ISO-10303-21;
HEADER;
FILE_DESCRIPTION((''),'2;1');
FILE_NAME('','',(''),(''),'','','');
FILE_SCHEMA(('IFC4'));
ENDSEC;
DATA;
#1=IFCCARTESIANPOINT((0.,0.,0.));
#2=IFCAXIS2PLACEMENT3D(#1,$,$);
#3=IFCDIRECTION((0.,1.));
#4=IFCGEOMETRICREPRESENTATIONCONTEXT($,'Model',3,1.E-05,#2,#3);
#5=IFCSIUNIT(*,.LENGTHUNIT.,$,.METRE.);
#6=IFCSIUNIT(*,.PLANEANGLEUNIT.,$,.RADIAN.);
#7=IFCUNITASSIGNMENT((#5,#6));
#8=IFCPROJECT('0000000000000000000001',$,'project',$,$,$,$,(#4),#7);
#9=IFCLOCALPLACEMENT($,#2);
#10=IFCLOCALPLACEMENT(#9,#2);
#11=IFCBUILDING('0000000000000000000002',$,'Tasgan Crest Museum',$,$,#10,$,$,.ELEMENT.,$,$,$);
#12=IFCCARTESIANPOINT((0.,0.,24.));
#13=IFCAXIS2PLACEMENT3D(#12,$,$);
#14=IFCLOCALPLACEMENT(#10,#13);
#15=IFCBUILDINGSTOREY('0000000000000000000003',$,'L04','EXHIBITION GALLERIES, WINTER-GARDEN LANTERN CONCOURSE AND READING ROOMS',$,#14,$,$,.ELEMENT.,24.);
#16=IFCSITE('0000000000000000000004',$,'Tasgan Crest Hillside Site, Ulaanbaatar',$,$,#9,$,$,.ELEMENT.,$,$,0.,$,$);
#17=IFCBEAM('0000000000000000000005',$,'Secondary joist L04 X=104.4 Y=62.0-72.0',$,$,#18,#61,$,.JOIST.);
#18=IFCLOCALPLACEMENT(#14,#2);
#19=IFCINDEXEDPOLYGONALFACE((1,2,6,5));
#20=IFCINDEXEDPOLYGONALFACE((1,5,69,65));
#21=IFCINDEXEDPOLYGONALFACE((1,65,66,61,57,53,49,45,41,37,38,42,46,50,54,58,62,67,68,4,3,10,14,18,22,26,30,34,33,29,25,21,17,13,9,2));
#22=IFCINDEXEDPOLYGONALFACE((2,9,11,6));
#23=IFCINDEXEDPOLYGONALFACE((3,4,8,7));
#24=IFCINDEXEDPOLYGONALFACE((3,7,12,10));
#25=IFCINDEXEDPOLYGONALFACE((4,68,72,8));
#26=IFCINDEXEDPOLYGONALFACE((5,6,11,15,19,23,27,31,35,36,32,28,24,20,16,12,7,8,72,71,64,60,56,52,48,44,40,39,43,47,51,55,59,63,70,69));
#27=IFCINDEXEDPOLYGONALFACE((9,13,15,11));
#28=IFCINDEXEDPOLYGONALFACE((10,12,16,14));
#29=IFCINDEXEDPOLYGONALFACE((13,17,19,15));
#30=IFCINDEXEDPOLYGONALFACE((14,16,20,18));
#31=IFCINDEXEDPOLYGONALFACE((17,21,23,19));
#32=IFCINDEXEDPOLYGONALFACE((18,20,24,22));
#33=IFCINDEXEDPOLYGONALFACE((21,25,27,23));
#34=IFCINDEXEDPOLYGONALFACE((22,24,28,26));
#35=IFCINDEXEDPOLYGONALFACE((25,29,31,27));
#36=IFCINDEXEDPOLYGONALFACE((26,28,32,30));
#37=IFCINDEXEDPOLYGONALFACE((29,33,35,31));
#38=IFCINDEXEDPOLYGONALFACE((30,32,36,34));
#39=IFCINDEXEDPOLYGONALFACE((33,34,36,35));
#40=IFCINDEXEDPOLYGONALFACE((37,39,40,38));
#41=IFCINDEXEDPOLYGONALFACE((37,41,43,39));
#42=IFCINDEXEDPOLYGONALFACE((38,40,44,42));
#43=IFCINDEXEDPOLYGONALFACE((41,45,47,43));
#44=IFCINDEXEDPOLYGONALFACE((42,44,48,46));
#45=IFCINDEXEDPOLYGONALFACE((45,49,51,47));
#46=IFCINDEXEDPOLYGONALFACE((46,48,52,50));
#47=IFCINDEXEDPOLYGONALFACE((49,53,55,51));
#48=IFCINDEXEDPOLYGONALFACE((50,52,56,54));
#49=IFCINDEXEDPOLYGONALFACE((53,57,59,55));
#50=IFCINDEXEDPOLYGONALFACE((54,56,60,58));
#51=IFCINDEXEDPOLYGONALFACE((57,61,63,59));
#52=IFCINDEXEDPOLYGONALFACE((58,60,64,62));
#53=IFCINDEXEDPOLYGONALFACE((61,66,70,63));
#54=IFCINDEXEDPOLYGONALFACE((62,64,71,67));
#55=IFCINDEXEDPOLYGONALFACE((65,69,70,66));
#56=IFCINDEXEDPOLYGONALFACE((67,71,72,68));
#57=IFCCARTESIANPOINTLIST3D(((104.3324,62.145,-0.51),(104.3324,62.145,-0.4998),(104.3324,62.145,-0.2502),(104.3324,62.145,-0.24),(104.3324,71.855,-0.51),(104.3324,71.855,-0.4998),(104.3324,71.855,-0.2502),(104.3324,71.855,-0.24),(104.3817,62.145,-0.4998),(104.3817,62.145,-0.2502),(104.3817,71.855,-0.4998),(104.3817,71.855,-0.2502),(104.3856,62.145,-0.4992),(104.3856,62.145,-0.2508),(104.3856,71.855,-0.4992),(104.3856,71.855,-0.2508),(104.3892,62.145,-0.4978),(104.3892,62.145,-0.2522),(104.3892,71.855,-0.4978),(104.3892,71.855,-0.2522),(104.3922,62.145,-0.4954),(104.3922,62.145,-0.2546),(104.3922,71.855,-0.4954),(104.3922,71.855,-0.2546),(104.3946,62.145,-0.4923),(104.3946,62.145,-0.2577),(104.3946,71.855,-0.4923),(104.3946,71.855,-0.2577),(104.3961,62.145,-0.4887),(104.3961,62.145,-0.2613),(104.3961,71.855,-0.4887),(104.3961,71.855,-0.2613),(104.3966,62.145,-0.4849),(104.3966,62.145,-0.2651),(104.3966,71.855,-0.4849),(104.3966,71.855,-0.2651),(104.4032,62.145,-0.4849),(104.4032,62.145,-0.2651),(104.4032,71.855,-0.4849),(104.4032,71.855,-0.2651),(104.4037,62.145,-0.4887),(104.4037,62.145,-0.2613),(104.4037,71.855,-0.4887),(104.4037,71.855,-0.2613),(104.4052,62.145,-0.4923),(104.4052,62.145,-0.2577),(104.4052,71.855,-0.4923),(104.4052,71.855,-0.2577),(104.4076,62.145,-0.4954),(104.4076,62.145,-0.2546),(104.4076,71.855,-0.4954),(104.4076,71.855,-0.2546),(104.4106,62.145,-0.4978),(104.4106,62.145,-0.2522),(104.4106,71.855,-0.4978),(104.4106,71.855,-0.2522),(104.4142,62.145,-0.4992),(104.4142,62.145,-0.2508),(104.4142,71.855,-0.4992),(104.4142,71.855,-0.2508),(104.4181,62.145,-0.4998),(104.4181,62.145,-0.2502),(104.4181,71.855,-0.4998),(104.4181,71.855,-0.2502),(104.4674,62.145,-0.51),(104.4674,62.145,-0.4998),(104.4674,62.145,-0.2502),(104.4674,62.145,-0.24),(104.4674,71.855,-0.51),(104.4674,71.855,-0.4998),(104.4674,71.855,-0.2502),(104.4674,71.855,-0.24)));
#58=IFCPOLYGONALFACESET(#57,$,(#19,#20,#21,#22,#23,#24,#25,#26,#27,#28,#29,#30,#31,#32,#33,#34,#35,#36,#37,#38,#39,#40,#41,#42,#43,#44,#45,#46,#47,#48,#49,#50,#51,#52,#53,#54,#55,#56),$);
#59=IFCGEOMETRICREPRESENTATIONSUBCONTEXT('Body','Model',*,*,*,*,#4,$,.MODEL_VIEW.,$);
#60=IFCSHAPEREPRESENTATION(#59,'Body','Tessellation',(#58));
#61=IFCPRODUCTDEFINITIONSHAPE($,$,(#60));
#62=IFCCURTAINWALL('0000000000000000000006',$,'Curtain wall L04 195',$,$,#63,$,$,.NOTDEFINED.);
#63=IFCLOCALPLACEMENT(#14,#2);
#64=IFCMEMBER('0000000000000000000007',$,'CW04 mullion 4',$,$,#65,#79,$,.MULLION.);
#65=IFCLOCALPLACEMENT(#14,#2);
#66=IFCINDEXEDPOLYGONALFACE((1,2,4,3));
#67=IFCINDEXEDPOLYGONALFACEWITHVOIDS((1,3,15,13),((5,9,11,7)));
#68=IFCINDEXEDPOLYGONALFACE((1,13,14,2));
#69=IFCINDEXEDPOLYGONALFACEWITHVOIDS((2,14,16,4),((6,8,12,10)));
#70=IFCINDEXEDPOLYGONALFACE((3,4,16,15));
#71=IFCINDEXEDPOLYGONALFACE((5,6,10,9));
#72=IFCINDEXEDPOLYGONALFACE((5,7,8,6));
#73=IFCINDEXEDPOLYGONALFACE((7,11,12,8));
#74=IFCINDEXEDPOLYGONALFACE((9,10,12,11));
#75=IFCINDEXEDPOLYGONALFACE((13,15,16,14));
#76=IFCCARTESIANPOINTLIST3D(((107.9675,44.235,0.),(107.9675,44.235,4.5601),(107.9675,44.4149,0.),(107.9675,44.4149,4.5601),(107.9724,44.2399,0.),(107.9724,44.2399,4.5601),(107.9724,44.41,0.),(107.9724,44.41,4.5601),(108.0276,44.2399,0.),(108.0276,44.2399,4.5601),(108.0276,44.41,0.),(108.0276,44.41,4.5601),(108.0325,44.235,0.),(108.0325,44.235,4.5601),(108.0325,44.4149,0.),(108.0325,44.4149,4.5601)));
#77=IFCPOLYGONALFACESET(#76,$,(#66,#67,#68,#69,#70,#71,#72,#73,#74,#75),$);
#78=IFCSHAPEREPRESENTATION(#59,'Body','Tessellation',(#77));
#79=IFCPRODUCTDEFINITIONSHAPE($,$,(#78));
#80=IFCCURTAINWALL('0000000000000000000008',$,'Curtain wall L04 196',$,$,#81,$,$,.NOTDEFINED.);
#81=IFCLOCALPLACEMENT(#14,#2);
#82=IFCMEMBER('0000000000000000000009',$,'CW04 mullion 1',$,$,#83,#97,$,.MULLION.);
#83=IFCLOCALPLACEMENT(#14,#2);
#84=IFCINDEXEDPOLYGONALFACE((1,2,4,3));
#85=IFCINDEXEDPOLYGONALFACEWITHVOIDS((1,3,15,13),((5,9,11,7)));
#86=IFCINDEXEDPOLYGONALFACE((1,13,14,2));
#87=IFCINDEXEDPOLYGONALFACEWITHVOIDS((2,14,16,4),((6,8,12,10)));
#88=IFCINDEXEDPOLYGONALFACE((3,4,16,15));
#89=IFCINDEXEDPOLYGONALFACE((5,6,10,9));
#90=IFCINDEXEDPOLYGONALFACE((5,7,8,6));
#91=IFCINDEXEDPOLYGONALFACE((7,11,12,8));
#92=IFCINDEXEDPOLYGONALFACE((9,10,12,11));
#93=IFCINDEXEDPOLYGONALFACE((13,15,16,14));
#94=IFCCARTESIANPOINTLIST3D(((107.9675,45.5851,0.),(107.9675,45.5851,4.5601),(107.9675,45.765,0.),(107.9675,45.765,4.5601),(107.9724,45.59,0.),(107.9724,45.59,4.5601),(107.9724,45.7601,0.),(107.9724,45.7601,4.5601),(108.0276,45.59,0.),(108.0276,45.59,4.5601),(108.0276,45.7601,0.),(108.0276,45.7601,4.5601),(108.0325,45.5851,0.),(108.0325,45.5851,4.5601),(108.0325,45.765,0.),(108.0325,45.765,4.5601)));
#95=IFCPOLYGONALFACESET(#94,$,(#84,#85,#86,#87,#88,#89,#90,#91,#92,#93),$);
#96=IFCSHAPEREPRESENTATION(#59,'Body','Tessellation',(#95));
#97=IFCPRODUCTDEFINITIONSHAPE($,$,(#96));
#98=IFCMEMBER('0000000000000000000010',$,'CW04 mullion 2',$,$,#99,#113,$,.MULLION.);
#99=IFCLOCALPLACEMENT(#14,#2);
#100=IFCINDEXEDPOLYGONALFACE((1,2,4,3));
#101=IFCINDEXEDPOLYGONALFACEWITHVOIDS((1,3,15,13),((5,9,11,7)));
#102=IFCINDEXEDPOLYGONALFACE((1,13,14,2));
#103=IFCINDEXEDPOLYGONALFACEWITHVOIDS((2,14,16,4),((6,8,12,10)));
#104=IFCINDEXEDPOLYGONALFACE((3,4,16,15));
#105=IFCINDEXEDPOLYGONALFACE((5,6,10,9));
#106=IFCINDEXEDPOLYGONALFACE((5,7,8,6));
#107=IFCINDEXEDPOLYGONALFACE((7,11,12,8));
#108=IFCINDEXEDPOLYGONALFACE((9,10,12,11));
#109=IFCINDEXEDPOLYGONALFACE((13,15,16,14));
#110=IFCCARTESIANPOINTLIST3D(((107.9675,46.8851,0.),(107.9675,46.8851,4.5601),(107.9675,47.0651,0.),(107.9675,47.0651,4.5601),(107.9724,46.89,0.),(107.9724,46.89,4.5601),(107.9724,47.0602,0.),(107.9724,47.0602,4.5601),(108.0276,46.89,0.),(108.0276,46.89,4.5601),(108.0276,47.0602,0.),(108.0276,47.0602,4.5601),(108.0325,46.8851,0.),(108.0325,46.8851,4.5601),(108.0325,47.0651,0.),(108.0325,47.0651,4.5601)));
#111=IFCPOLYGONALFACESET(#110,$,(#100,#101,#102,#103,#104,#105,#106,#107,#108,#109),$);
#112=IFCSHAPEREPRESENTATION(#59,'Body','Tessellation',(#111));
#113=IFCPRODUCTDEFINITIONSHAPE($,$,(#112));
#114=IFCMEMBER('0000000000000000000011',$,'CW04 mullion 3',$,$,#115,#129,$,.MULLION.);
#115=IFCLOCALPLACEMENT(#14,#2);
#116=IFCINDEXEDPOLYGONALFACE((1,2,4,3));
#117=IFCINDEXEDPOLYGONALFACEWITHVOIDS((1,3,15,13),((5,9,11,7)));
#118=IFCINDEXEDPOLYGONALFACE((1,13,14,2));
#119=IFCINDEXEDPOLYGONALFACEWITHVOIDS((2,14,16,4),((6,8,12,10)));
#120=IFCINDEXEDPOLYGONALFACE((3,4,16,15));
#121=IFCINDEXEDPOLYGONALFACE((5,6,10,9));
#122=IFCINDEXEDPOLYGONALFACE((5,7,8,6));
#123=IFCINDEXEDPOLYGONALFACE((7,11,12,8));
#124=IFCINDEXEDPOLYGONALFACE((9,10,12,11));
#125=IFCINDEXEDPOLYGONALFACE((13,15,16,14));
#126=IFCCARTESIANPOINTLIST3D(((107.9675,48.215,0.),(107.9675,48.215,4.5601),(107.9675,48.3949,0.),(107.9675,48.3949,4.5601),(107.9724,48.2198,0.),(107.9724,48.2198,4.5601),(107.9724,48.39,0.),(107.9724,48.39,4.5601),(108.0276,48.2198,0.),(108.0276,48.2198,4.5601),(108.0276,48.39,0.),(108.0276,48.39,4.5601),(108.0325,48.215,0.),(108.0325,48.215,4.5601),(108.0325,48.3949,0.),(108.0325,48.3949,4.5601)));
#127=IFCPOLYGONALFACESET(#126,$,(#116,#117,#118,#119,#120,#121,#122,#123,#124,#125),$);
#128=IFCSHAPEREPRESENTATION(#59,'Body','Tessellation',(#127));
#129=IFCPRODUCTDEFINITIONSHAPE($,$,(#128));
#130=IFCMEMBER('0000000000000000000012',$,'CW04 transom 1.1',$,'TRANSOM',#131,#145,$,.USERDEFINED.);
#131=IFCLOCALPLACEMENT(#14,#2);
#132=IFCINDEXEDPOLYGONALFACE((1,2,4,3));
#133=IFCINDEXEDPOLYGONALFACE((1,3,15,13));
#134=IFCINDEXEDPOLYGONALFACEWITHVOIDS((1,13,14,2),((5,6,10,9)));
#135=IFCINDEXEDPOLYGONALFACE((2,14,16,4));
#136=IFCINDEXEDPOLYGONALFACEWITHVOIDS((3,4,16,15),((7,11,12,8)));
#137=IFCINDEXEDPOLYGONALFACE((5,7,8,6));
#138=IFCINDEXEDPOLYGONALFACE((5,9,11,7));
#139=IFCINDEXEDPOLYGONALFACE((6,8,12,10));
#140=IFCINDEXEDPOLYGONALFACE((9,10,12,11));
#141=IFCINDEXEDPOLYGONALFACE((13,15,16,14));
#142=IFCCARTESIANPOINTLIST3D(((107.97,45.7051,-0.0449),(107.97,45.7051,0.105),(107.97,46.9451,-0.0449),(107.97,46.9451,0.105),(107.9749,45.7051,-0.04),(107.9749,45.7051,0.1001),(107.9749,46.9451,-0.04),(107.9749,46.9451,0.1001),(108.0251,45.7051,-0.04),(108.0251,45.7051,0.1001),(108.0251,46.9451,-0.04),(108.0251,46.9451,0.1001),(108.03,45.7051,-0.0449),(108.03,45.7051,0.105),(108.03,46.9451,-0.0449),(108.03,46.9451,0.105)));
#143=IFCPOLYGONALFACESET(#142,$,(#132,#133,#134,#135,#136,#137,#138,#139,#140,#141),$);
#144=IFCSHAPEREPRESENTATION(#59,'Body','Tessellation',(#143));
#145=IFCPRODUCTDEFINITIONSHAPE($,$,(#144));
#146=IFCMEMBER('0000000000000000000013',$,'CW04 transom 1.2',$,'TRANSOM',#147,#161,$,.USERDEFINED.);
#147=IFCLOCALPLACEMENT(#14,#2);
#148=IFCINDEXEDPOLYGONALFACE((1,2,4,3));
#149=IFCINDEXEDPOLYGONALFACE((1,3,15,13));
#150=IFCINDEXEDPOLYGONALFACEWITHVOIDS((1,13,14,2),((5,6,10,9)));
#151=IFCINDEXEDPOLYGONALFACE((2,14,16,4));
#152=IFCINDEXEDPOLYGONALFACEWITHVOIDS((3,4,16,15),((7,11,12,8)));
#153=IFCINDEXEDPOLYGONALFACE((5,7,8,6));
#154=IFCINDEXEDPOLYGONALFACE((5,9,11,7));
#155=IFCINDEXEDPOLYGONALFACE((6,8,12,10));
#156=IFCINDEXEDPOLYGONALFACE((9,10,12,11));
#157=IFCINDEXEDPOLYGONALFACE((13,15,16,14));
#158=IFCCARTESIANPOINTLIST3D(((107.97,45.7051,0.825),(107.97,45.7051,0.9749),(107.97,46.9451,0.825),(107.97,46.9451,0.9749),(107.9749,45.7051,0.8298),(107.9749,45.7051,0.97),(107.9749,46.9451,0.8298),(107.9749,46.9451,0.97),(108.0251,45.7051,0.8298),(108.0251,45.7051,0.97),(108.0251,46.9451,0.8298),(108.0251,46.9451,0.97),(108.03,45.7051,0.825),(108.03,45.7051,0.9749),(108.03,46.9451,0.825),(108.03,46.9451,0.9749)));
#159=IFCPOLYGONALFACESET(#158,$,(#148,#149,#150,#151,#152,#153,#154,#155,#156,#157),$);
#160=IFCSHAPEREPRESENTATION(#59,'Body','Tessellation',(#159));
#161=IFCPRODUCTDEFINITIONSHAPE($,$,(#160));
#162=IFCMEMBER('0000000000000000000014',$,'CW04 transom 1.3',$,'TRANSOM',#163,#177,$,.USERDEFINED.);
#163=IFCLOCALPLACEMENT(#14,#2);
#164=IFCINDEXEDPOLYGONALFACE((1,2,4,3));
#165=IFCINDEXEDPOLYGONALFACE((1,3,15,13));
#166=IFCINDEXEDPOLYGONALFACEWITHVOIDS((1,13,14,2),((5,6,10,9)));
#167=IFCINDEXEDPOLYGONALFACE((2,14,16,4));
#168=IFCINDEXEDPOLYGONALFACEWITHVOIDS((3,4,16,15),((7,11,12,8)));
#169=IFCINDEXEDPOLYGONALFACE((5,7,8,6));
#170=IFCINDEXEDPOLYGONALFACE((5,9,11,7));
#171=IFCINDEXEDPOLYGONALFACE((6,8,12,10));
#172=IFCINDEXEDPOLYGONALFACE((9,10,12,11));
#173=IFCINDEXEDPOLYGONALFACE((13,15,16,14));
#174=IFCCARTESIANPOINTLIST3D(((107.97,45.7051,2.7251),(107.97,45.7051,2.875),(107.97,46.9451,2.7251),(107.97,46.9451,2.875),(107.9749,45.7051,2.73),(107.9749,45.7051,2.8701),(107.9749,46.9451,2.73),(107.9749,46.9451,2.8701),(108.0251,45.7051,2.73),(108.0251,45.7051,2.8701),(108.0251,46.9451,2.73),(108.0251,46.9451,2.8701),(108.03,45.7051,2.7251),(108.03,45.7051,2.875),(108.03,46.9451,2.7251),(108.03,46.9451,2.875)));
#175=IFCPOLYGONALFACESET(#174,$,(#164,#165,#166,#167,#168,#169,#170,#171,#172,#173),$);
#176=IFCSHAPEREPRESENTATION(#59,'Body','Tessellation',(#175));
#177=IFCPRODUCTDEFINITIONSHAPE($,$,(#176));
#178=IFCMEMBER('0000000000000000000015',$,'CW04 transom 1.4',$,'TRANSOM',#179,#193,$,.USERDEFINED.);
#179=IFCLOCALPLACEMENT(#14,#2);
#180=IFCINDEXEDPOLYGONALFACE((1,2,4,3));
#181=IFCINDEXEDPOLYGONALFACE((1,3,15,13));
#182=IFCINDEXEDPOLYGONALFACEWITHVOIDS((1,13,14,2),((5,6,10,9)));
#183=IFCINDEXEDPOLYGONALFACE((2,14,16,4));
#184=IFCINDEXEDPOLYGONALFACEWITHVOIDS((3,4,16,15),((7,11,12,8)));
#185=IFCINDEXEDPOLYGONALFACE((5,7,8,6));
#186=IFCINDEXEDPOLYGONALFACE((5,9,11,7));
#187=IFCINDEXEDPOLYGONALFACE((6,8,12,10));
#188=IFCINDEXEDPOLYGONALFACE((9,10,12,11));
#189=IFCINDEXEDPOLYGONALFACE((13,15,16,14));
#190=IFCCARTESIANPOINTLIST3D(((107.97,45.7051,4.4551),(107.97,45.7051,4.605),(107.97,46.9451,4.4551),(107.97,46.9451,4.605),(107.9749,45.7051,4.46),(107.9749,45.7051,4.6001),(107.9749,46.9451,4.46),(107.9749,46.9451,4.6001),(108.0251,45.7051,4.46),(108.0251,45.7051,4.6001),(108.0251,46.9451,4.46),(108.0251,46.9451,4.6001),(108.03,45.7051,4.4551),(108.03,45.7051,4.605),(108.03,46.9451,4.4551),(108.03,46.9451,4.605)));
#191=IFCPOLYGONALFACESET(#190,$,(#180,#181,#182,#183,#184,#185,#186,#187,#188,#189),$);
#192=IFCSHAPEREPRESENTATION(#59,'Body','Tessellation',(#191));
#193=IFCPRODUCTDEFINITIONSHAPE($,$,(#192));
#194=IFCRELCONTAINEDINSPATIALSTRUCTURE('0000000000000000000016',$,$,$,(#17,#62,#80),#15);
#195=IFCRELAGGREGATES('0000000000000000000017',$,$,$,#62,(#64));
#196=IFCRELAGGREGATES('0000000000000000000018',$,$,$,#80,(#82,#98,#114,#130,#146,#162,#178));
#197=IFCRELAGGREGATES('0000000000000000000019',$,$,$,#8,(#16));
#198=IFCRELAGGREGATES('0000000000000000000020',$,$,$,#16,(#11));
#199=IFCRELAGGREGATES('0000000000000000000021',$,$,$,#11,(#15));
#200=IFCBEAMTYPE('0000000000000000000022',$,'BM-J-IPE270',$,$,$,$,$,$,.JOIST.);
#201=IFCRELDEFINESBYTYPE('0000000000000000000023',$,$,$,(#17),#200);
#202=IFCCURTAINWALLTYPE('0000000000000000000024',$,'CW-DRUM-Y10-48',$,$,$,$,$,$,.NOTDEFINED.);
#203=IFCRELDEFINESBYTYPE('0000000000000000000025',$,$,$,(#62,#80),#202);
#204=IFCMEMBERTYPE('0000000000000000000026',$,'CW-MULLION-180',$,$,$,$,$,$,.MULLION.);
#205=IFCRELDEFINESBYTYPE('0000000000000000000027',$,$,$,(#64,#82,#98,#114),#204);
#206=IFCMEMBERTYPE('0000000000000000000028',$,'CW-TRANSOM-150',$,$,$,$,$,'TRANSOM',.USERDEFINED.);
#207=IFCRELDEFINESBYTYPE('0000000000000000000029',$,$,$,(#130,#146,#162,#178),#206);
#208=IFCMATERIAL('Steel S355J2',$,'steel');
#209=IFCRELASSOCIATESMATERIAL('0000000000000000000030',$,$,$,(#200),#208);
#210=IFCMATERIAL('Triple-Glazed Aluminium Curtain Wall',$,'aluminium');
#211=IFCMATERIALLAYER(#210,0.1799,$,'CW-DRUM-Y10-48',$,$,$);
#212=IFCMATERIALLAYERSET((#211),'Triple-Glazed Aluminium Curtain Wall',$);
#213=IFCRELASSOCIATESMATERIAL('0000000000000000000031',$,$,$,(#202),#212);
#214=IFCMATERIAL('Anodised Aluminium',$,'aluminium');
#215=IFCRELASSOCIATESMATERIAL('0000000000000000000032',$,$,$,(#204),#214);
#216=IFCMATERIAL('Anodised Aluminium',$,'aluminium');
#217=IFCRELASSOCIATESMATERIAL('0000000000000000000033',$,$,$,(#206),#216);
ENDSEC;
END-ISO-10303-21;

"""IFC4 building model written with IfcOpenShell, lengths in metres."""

from ifc_helpers import new_model, si_unit, direction, frame, origin, origin_2d, place, context, subcontext, project, spatial, hollow_rectangle, i_section, extrude, material, layer, layer_set, material_profile, profile_set, type_object, element, aggregate, save


model = new_model("IFC4")

# Units and contexts
model_context = context("Model", 3, precision=1e-05, world=origin(), true_north=direction((0.0, 1.0)))
body_context = subcontext(model_context, "Body", "Model", "MODEL_VIEW")
ifc_project = project(units=[si_unit("LENGTHUNIT", "METRE"), si_unit("PLANEANGLEUNIT", "RADIAN")], contexts=[model_context])

# Site, building, storey
site_placement = place(None, origin())
site = spatial("IfcSite", under=ifc_project, at=site_placement, Name="Tasgan Crest Hillside Site, Ulaanbaatar", CompositionType="ELEMENT", RefElevation=0.0)
building_placement = place(site_placement, origin())
building = spatial("IfcBuilding", under=site, at=building_placement, Name="Tasgan Crest Museum", CompositionType="ELEMENT")
storey_placement = place(building_placement, frame((0.0, 0.0, 24.0)))
storey = spatial("IfcBuildingStorey", under=building, at=storey_placement, Name="L04", Description="EXHIBITION GALLERIES, WINTER-GARDEN LANTERN CONCOURSE AND READING ROOMS", CompositionType="ELEMENT", Elevation=24.0)

# Beam
ifc_material_1 = material(Name="Steel S355J2", Category="steel")
ifc_material_profile_1 = material_profile(ifc_material_1, i_section(OverallWidth=0.135, OverallDepth=0.27, WebThickness=0.0066, FlangeThickness=0.0103, FilletRadius=0.0149, at=origin_2d()), Name="IPE 270")
ifc_profile_set_1 = profile_set([ifc_material_profile_1], Name="Steel S355J2")
beam_type = type_object("IfcBeamType", Name="BM-J-IPE270", PredefinedType="JOIST", material=ifc_profile_set_1)
beam_placement = place(storey_placement, frame((104.3999, 62.145, -0.375), z_axis=(0.0, 1.0, 0.0), x_axis=(-1.0, 0.0, 0.0)))
element("IfcBeam", 1, at=beam_placement, inside=storey, type_object=beam_type, Name="Secondary joist L04 X=104.4 Y=62.0-72.0", PredefinedType="JOIST", context=body_context, shape_type="SweptSolid", body=[
    extrude(i_section(OverallWidth=0.135, OverallDepth=0.27, WebThickness=0.0066, FlangeThickness=0.0103, FilletRadius=0.0149, at=origin_2d()), origin(), (0.0, 0.0, 1.0), 9.71),
])

# Curtain wall, member
ifc_material_2 = material(Name="Triple-Glazed Aluminium Curtain Wall", Category="aluminium")
ifc_layer_1 = layer(ifc_material_2, 0.1799, Name="CW-DRUM-Y10-48")
ifc_layer_set_1 = layer_set([ifc_layer_1], Name="Triple-Glazed Aluminium Curtain Wall")
curtain_wall_type = type_object("IfcCurtainWallType", Name="CW-DRUM-Y10-48", PredefinedType="NOTDEFINED", material=ifc_layer_set_1)
curtain_wall_1_placement = place(storey_placement, origin())
curtain_wall_1 = element("IfcCurtainWall", 2, at=curtain_wall_1_placement, inside=storey, type_object=curtain_wall_type, Name="Curtain wall L04 195", PredefinedType="NOTDEFINED")
ifc_material_3 = material(Name="Anodised Aluminium", Category="aluminium")
ifc_material_profile_2 = material_profile(ifc_material_3, hollow_rectangle(XDim=0.0649, YDim=0.1799, WallThickness=0.0049, at=origin_2d()), Name="ALU MULLION 180x65x5")
ifc_profile_set_2 = profile_set([ifc_material_profile_2], Name="Anodised Aluminium")
member_type_1 = type_object("IfcMemberType", Name="CW-MULLION-180", PredefinedType="MULLION", material=ifc_profile_set_2)
member_1_placement = place(storey_placement, frame((108.0, 44.325, 0.0), z_axis=(0.0, 0.0, 1.0), x_axis=(-1.0, 0.0, 0.0)))
member_1 = element("IfcMember", 3, at=member_1_placement, type_object=member_type_1, Name="CW04 mullion 4", PredefinedType="MULLION", context=body_context, shape_type="SweptSolid", body=[
    extrude(hollow_rectangle(XDim=0.0649, YDim=0.1799, WallThickness=0.0049, at=origin_2d()), origin(), (0.0, 0.0, 1.0), 4.5601),
])

# Curtain wall, members
curtain_wall_2_placement = place(storey_placement, origin())
curtain_wall_2 = element("IfcCurtainWall", 4, at=curtain_wall_2_placement, inside=storey, type_object=curtain_wall_type, Name="Curtain wall L04 196", PredefinedType="NOTDEFINED")
member_2_placement = place(storey_placement, frame((108.0, 45.675, 0.0), z_axis=(0.0, 0.0, 1.0), x_axis=(-1.0, 0.0, 0.0)))
member_2 = element("IfcMember", 5, at=member_2_placement, type_object=member_type_1, Name="CW04 mullion 1", PredefinedType="MULLION", context=body_context, shape_type="SweptSolid", body=[
    extrude(hollow_rectangle(XDim=0.0649, YDim=0.1799, WallThickness=0.0049, at=origin_2d()), origin(), (0.0, 0.0, 1.0), 4.5601),
])
member_3_placement = place(storey_placement, frame((108.0, 46.9751, 0.0), z_axis=(0.0, 0.0, 1.0), x_axis=(-1.0, 0.0, 0.0)))
member_3 = element("IfcMember", 6, at=member_3_placement, type_object=member_type_1, Name="CW04 mullion 2", PredefinedType="MULLION", context=body_context, shape_type="SweptSolid", body=[
    extrude(hollow_rectangle(XDim=0.0649, YDim=0.1799, WallThickness=0.0049, at=origin_2d()), origin(), (0.0, 0.0, 1.0), 4.5601),
])
member_4_placement = place(storey_placement, frame((108.0, 48.3049, 0.0), z_axis=(0.0, 0.0, 1.0), x_axis=(-1.0, 0.0, 0.0)))
member_4 = element("IfcMember", 7, at=member_4_placement, type_object=member_type_1, Name="CW04 mullion 3", PredefinedType="MULLION", context=body_context, shape_type="SweptSolid", body=[
    extrude(hollow_rectangle(XDim=0.0649, YDim=0.1799, WallThickness=0.0049, at=origin_2d()), origin(), (0.0, 0.0, 1.0), 4.5601),
])
ifc_material_4 = material(Name="Anodised Aluminium", Category="aluminium")
ifc_material_profile_3 = material_profile(ifc_material_4, hollow_rectangle(XDim=0.0601, YDim=0.1499, WallThickness=0.0049, at=origin_2d()), Name="ALU TRANSOM 150x60x5")
ifc_profile_set_3 = profile_set([ifc_material_profile_3], Name="Anodised Aluminium")
member_type_2 = type_object("IfcMemberType", Name="CW-TRANSOM-150", ElementType="TRANSOM", PredefinedType="USERDEFINED", material=ifc_profile_set_3)
member_5_placement = place(storey_placement, frame((108.0, 45.7051, 0.03), z_axis=(0.0, 1.0, 0.0), x_axis=(-1.0, 0.0, 0.0)))
member_5 = element("IfcMember", 8, at=member_5_placement, type_object=member_type_2, Name="CW04 transom 1.1", ObjectType="TRANSOM", PredefinedType="USERDEFINED", context=body_context, shape_type="SweptSolid", body=[
    extrude(hollow_rectangle(XDim=0.0601, YDim=0.1499, WallThickness=0.0049, at=origin_2d()), origin(), (0.0, 0.0, 1.0), 1.24),
])
member_6_placement = place(storey_placement, frame((108.0, 45.7051, 0.8999), z_axis=(0.0, 1.0, 0.0), x_axis=(-1.0, 0.0, 0.0)))
member_6 = element("IfcMember", 9, at=member_6_placement, type_object=member_type_2, Name="CW04 transom 1.2", ObjectType="TRANSOM", PredefinedType="USERDEFINED", context=body_context, shape_type="SweptSolid", body=[
    extrude(hollow_rectangle(XDim=0.0601, YDim=0.1499, WallThickness=0.0049, at=origin_2d()), origin(), (0.0, 0.0, 1.0), 1.24),
])
member_7_placement = place(storey_placement, frame((108.0, 45.7051, 2.8), z_axis=(0.0, 1.0, 0.0), x_axis=(-1.0, 0.0, 0.0)))
member_7 = element("IfcMember", 10, at=member_7_placement, type_object=member_type_2, Name="CW04 transom 1.3", ObjectType="TRANSOM", PredefinedType="USERDEFINED", context=body_context, shape_type="SweptSolid", body=[
    extrude(hollow_rectangle(XDim=0.0601, YDim=0.1499, WallThickness=0.0049, at=origin_2d()), origin(), (0.0, 0.0, 1.0), 1.24),
])
member_8_placement = place(storey_placement, frame((108.0, 45.7051, 4.53), z_axis=(0.0, 1.0, 0.0), x_axis=(-1.0, 0.0, 0.0)))
member_8 = element("IfcMember", 11, at=member_8_placement, type_object=member_type_2, Name="CW04 transom 1.4", ObjectType="TRANSOM", PredefinedType="USERDEFINED", context=body_context, shape_type="SweptSolid", body=[
    extrude(hollow_rectangle(XDim=0.0601, YDim=0.1499, WallThickness=0.0049, at=origin_2d()), origin(), (0.0, 0.0, 1.0), 1.24),
])

aggregate(curtain_wall_1, [member_1])
aggregate(curtain_wall_2, [member_2, member_3, member_4, member_5, member_6, member_7, member_8])

save(model, "model.ifc")
